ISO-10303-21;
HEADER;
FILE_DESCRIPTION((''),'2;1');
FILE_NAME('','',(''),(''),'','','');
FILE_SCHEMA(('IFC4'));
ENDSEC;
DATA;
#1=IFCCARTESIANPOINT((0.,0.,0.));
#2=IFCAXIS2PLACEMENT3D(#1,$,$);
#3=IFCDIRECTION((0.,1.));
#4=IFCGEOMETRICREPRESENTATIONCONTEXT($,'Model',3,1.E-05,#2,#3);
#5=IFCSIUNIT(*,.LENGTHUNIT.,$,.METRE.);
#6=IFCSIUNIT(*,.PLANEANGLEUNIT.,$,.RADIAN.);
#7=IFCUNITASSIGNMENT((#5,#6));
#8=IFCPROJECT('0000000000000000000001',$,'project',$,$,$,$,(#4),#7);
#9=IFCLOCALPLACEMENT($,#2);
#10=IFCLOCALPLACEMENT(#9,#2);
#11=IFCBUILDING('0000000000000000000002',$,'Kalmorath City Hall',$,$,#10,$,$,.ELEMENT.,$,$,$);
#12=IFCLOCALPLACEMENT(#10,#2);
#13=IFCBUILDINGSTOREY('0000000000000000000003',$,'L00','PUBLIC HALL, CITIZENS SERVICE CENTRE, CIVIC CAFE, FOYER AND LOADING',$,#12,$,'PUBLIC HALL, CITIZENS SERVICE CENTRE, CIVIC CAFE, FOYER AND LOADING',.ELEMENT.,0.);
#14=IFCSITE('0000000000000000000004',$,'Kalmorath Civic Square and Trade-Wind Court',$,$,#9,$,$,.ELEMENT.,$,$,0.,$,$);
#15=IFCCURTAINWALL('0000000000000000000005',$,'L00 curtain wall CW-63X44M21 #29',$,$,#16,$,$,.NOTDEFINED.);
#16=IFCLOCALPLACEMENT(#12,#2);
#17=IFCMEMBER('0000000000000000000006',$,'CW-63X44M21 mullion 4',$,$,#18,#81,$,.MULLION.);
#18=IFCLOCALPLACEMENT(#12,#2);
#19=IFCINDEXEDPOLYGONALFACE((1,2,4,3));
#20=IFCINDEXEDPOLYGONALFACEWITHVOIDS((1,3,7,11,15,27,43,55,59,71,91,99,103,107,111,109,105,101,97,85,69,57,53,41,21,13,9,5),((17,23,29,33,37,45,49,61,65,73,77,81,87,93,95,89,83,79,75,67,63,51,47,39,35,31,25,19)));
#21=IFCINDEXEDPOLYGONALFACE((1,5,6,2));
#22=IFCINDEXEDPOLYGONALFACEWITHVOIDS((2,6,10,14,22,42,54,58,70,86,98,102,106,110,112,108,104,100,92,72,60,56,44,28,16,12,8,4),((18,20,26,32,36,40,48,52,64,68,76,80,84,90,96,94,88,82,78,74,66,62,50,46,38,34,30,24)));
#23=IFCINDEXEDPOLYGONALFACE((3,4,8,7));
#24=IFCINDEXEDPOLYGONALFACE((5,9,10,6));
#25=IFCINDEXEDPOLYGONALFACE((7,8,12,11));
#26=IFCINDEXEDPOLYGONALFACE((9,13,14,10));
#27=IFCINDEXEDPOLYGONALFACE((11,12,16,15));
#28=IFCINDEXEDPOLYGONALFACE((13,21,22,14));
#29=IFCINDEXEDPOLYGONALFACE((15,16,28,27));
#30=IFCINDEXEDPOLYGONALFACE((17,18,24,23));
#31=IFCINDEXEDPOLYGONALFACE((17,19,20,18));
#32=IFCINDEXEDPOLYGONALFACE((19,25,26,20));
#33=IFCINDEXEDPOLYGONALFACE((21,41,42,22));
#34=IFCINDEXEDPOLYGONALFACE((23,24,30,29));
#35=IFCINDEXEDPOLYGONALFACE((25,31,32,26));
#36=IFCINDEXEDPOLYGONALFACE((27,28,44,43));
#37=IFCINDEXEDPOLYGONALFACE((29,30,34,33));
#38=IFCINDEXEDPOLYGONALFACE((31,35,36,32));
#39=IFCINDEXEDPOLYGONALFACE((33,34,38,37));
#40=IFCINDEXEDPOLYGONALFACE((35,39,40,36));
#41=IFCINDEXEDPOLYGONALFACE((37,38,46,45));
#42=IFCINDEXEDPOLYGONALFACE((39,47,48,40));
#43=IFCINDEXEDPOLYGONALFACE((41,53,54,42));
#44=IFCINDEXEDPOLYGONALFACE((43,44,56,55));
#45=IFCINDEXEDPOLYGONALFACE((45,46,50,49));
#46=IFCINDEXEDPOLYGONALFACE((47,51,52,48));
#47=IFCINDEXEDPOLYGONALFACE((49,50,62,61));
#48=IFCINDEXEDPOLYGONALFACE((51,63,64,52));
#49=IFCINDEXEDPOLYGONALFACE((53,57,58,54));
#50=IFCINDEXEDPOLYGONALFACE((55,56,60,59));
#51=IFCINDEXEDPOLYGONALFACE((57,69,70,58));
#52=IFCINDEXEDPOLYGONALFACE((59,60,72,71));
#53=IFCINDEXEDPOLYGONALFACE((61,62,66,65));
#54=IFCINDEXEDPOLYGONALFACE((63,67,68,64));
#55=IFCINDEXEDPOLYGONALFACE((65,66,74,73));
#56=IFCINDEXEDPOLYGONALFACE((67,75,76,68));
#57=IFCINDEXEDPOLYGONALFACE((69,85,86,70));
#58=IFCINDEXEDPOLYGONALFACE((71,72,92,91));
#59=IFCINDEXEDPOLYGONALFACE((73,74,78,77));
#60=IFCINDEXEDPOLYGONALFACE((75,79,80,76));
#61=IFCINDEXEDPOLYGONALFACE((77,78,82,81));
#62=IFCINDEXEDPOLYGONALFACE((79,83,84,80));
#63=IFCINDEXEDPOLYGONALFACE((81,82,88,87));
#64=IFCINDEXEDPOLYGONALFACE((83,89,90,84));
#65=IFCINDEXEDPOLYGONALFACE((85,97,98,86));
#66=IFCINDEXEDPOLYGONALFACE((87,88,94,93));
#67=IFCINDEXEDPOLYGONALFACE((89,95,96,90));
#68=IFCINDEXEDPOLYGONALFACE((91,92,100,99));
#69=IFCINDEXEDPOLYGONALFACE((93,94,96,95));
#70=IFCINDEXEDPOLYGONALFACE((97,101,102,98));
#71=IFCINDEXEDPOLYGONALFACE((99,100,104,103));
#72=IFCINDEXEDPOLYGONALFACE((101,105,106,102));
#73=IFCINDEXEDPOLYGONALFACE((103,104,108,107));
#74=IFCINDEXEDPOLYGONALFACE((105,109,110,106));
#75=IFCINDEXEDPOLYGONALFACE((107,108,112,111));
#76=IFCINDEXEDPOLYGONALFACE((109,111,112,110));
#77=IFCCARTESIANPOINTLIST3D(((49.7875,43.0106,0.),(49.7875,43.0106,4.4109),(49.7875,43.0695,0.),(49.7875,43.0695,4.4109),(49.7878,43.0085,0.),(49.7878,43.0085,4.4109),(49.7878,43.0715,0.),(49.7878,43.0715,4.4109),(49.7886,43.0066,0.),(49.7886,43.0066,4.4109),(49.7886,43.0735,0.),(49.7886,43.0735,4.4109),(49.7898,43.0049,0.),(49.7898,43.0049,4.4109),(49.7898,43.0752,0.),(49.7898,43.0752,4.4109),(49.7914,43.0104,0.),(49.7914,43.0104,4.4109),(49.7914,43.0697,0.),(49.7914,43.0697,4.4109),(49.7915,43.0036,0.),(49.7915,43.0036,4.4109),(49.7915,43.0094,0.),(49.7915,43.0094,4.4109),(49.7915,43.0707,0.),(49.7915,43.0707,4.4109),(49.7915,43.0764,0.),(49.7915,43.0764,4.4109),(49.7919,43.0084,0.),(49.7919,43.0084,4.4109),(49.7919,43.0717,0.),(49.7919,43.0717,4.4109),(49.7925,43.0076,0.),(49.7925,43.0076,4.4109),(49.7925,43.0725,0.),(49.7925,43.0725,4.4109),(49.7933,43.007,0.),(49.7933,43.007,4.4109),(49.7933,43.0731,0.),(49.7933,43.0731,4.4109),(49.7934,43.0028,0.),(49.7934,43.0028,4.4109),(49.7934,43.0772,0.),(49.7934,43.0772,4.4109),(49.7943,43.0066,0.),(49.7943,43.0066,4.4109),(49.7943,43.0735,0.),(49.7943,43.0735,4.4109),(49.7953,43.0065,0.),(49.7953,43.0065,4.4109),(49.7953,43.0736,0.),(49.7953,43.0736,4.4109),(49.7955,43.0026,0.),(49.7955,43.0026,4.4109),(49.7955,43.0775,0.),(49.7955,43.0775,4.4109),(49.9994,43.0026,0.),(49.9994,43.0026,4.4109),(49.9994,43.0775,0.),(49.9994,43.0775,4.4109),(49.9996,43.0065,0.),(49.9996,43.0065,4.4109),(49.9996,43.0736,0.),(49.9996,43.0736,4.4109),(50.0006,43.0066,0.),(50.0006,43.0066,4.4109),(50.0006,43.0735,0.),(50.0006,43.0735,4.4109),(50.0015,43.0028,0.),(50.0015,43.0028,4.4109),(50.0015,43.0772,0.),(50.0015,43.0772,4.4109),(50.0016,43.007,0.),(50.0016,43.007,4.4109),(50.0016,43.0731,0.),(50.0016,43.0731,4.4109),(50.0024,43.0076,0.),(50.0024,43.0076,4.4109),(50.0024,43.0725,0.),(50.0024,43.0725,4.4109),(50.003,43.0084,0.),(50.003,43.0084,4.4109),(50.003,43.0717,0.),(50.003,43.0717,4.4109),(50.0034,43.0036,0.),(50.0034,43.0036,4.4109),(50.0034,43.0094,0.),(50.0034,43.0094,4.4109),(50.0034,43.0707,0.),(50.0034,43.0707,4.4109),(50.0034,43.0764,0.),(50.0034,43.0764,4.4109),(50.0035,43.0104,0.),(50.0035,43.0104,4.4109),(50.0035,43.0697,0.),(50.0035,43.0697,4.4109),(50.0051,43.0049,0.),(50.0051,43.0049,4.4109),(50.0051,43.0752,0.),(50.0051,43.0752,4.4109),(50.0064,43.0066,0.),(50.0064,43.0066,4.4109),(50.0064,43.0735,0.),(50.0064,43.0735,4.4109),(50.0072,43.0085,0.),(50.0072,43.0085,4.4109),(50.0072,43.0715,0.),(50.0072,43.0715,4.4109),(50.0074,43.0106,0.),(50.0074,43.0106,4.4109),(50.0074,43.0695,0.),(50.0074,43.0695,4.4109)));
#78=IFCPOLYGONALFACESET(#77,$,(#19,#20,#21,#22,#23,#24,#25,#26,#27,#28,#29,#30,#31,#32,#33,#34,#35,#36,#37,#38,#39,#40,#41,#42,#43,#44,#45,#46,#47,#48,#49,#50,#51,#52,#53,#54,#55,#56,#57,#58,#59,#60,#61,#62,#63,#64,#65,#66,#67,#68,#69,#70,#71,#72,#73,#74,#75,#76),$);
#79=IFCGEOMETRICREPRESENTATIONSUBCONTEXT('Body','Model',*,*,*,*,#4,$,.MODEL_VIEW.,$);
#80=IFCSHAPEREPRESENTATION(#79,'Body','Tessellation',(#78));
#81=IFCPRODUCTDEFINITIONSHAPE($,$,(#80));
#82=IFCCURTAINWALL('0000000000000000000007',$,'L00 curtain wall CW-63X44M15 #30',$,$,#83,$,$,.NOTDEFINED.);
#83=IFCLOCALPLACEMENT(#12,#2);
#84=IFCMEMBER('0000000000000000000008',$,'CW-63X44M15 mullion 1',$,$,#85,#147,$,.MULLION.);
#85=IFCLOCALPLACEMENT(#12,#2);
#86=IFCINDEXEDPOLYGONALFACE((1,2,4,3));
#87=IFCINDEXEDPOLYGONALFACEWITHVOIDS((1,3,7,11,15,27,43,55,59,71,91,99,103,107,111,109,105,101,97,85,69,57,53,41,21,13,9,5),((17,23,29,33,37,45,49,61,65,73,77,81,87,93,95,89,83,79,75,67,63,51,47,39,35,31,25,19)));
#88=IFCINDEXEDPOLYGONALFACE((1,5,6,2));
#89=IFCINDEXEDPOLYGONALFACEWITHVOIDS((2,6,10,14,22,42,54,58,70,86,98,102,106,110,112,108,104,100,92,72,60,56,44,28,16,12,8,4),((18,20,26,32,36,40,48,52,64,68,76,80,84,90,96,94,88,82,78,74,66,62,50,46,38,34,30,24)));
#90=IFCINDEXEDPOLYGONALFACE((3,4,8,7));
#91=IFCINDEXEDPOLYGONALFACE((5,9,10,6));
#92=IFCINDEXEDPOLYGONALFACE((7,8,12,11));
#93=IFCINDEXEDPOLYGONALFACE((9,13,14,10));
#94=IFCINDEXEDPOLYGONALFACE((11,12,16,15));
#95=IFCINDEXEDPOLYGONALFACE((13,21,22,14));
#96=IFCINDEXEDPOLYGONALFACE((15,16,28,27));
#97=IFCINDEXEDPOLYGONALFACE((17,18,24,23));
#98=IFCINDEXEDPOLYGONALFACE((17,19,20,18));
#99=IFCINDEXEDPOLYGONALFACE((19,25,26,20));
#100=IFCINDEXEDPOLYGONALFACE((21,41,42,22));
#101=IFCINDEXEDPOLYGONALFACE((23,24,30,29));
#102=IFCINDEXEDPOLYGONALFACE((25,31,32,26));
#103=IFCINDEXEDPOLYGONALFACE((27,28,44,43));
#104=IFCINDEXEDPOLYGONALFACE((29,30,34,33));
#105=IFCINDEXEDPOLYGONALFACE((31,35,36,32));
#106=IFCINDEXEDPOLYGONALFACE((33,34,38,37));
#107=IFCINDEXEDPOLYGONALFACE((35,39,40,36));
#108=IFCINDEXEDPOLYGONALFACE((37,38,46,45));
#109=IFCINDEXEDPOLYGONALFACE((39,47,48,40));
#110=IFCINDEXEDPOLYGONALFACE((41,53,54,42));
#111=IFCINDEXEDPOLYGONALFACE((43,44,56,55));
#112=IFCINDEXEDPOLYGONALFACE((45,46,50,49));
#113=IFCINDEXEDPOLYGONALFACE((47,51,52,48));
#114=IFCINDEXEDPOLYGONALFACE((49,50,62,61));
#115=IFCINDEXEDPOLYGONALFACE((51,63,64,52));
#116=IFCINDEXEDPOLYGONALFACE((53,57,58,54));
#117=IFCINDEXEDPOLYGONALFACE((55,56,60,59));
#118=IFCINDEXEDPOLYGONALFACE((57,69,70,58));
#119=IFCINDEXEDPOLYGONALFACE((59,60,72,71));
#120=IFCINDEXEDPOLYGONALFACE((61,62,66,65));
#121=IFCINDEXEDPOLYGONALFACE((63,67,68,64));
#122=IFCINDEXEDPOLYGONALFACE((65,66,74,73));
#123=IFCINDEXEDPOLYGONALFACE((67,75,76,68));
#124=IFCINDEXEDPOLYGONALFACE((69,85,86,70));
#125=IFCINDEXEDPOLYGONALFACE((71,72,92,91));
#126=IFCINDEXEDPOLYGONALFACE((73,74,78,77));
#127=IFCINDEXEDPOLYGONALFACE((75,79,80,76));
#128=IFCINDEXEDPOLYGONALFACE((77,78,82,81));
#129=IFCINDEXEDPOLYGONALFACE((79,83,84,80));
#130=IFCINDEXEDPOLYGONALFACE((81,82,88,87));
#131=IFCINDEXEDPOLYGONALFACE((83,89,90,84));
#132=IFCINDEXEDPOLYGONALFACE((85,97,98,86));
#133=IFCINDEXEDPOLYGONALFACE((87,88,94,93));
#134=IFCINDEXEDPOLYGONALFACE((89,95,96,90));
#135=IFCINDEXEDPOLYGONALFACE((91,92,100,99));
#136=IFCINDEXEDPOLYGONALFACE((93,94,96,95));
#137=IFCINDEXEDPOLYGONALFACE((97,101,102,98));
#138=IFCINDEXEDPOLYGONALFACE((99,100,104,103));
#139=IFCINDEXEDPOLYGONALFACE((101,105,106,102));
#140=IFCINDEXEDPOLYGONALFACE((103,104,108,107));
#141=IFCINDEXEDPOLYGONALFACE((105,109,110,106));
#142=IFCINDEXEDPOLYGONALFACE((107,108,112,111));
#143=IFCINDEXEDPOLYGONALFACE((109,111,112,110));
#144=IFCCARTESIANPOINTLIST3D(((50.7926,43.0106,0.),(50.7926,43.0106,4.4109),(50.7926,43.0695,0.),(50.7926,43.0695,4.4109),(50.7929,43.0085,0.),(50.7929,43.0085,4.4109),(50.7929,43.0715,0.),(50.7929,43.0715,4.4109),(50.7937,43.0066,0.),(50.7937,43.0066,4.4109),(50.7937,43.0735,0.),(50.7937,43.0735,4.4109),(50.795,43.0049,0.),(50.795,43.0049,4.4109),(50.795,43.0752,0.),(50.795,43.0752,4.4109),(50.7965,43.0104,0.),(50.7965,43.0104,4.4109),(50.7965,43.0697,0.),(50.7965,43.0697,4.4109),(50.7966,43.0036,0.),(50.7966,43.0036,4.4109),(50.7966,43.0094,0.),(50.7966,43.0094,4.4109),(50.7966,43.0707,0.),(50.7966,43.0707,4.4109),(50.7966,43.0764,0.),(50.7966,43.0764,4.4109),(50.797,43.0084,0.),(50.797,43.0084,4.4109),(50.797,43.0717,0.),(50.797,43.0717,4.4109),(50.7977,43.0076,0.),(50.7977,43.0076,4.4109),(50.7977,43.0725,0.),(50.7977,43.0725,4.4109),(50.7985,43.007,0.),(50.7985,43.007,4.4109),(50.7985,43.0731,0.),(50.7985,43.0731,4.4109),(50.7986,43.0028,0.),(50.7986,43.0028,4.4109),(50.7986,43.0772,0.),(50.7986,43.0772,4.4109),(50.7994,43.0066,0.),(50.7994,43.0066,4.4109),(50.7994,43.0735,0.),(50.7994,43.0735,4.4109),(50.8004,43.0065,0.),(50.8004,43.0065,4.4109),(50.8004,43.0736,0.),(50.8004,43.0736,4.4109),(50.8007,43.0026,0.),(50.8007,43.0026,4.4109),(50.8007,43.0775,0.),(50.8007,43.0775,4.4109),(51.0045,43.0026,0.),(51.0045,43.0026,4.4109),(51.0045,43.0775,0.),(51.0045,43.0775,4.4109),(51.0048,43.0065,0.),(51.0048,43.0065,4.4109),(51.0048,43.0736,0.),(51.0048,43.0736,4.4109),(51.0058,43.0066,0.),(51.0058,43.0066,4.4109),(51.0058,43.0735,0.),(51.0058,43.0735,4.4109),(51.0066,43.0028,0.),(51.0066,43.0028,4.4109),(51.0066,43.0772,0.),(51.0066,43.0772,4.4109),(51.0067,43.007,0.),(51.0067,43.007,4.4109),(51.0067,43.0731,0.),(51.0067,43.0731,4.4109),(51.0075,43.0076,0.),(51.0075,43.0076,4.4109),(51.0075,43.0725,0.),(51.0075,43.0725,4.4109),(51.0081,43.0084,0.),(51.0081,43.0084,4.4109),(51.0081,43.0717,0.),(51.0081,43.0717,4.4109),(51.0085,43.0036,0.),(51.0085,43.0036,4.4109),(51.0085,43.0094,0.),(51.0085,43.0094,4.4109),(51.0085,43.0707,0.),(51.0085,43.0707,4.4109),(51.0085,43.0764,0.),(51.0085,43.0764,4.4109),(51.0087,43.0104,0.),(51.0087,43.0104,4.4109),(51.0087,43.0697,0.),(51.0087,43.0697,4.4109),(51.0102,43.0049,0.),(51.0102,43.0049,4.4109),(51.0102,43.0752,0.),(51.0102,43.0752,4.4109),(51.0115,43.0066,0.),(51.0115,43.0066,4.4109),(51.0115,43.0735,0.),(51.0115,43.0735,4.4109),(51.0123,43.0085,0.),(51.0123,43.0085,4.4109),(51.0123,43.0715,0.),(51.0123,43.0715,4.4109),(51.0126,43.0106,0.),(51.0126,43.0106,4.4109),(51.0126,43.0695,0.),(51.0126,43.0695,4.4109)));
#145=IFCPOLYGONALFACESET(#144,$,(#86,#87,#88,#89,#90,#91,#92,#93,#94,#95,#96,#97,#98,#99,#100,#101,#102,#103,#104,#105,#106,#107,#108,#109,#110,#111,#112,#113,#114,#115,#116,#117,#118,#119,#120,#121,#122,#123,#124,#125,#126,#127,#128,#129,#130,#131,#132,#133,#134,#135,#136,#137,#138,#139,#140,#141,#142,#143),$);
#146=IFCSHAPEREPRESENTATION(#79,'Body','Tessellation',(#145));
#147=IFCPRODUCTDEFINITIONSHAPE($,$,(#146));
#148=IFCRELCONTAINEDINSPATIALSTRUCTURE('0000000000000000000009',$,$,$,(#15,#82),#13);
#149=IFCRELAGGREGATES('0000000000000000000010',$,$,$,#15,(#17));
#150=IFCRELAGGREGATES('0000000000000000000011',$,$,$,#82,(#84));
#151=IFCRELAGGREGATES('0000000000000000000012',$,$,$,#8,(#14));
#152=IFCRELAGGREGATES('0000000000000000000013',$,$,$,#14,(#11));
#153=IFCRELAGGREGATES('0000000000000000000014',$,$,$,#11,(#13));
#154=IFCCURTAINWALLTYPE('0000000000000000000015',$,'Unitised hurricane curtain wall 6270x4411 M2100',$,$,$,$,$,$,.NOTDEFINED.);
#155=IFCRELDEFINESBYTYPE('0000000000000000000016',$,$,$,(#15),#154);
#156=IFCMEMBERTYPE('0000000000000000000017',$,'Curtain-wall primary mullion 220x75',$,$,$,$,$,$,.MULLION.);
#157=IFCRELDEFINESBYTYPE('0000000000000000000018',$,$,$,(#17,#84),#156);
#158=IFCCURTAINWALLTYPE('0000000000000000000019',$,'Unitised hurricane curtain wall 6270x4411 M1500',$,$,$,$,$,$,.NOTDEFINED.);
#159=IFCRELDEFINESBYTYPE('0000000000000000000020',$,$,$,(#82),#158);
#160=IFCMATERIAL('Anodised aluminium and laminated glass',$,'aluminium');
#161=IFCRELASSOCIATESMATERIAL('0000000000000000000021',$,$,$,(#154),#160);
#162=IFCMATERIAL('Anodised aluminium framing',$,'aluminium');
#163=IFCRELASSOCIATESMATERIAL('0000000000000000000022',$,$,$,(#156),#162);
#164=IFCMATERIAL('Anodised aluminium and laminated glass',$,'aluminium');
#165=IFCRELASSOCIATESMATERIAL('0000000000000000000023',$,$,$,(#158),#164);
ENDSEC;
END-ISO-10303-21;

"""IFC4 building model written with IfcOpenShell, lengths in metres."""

from ifc_helpers import new_model, si_unit, direction, frame, origin, origin_2d, place, context, subcontext, project, spatial, hollow_rectangle, extrude, material, material_profile, profile_set, type_object, element, aggregate, save


model = new_model("IFC4")

# Units and contexts
model_context = context("Model", 3, precision=1e-05, world=origin(), true_north=direction((0.0, 1.0)))
body_context = subcontext(model_context, "Body", "Model", "MODEL_VIEW")
ifc_project = project(units=[si_unit("LENGTHUNIT", "METRE"), si_unit("PLANEANGLEUNIT", "RADIAN")], contexts=[model_context])

# Site, building, storey
site_placement = place(None, origin())
site = spatial("IfcSite", under=ifc_project, at=site_placement, Name="Kalmorath Civic Square and Trade-Wind Court", CompositionType="ELEMENT", RefElevation=0.0)
building_placement = place(site_placement, origin())
building = spatial("IfcBuilding", under=site, at=building_placement, Name="Kalmorath City Hall", CompositionType="ELEMENT")
storey_placement = place(building_placement, origin())
storey = spatial("IfcBuildingStorey", under=building, at=storey_placement, Name="L00", Description="PUBLIC HALL, CITIZENS SERVICE CENTRE, CIVIC CAFE, FOYER AND LOADING", LongName="PUBLIC HALL, CITIZENS SERVICE CENTRE, CIVIC CAFE, FOYER AND LOADING", CompositionType="ELEMENT", Elevation=0.0)

# Curtain wall, member
ifc_material_1 = material(Name="Anodised aluminium and laminated glass", Category="aluminium")
curtain_wall_type_1 = type_object("IfcCurtainWallType", Name="Unitised hurricane curtain wall 6270x4411 M2100", PredefinedType="NOTDEFINED", material=ifc_material_1)
curtain_wall_1_placement = place(storey_placement, origin())
curtain_wall_1 = element("IfcCurtainWall", 1, at=curtain_wall_1_placement, inside=storey, type_object=curtain_wall_type_1, Name="L00 curtain wall CW-63X44M21 #29", PredefinedType="NOTDEFINED")
ifc_material_2 = material(Name="Anodised aluminium framing", Category="aluminium")
ifc_material_profile_1 = material_profile(ifc_material_2, hollow_rectangle(XDim=0.075, YDim=0.22, WallThickness=0.0039, InnerFilletRadius=0.0039, OuterFilletRadius=0.0081, at=origin_2d()), Name="ALU-MUL-220X75X4")
ifc_profile_set_1 = profile_set([ifc_material_profile_1], Name="Anodised aluminium framing")
member_type_1 = type_object("IfcMemberType", Name="Curtain-wall primary mullion 220x75", PredefinedType="MULLION", material=ifc_profile_set_1)
member_1_placement = place(storey_placement, frame((49.8975, 43.04, 0.0), z_axis=(0.0, 0.0, 1.0), x_axis=(0.0, 1.0, 0.0)))
member_1 = element("IfcMember", 2, at=member_1_placement, type_object=member_type_1, Name="CW-63X44M21 mullion 4", PredefinedType="MULLION", context=body_context, shape_type="SweptSolid", body=[
    extrude(hollow_rectangle(XDim=0.075, YDim=0.22, WallThickness=0.0039, InnerFilletRadius=0.0039, OuterFilletRadius=0.0081, at=origin_2d()), origin(), (0.0, 0.0, 1.0), 4.4109),
])

# Curtain wall, member
ifc_material_3 = material(Name="Anodised aluminium and laminated glass", Category="aluminium")
curtain_wall_type_2 = type_object("IfcCurtainWallType", Name="Unitised hurricane curtain wall 6270x4411 M1500", PredefinedType="NOTDEFINED", material=ifc_material_3)
curtain_wall_2_placement = place(storey_placement, origin())
curtain_wall_2 = element("IfcCurtainWall", 3, at=curtain_wall_2_placement, inside=storey, type_object=curtain_wall_type_2, Name="L00 curtain wall CW-63X44M15 #30", PredefinedType="NOTDEFINED")
member_2_placement = place(storey_placement, frame((50.9026, 43.04, 0.0), z_axis=(0.0, 0.0, 1.0), x_axis=(0.0, 1.0, 0.0)))
member_2 = element("IfcMember", 4, at=member_2_placement, type_object=member_type_1, Name="CW-63X44M15 mullion 1", PredefinedType="MULLION", context=body_context, shape_type="SweptSolid", body=[
    extrude(hollow_rectangle(XDim=0.075, YDim=0.22, WallThickness=0.0039, InnerFilletRadius=0.0039, OuterFilletRadius=0.0081, at=origin_2d()), origin(), (0.0, 0.0, 1.0), 4.4109),
])

aggregate(curtain_wall_1, [member_1])
aggregate(curtain_wall_2, [member_2])

save(model, "model.ifc")
